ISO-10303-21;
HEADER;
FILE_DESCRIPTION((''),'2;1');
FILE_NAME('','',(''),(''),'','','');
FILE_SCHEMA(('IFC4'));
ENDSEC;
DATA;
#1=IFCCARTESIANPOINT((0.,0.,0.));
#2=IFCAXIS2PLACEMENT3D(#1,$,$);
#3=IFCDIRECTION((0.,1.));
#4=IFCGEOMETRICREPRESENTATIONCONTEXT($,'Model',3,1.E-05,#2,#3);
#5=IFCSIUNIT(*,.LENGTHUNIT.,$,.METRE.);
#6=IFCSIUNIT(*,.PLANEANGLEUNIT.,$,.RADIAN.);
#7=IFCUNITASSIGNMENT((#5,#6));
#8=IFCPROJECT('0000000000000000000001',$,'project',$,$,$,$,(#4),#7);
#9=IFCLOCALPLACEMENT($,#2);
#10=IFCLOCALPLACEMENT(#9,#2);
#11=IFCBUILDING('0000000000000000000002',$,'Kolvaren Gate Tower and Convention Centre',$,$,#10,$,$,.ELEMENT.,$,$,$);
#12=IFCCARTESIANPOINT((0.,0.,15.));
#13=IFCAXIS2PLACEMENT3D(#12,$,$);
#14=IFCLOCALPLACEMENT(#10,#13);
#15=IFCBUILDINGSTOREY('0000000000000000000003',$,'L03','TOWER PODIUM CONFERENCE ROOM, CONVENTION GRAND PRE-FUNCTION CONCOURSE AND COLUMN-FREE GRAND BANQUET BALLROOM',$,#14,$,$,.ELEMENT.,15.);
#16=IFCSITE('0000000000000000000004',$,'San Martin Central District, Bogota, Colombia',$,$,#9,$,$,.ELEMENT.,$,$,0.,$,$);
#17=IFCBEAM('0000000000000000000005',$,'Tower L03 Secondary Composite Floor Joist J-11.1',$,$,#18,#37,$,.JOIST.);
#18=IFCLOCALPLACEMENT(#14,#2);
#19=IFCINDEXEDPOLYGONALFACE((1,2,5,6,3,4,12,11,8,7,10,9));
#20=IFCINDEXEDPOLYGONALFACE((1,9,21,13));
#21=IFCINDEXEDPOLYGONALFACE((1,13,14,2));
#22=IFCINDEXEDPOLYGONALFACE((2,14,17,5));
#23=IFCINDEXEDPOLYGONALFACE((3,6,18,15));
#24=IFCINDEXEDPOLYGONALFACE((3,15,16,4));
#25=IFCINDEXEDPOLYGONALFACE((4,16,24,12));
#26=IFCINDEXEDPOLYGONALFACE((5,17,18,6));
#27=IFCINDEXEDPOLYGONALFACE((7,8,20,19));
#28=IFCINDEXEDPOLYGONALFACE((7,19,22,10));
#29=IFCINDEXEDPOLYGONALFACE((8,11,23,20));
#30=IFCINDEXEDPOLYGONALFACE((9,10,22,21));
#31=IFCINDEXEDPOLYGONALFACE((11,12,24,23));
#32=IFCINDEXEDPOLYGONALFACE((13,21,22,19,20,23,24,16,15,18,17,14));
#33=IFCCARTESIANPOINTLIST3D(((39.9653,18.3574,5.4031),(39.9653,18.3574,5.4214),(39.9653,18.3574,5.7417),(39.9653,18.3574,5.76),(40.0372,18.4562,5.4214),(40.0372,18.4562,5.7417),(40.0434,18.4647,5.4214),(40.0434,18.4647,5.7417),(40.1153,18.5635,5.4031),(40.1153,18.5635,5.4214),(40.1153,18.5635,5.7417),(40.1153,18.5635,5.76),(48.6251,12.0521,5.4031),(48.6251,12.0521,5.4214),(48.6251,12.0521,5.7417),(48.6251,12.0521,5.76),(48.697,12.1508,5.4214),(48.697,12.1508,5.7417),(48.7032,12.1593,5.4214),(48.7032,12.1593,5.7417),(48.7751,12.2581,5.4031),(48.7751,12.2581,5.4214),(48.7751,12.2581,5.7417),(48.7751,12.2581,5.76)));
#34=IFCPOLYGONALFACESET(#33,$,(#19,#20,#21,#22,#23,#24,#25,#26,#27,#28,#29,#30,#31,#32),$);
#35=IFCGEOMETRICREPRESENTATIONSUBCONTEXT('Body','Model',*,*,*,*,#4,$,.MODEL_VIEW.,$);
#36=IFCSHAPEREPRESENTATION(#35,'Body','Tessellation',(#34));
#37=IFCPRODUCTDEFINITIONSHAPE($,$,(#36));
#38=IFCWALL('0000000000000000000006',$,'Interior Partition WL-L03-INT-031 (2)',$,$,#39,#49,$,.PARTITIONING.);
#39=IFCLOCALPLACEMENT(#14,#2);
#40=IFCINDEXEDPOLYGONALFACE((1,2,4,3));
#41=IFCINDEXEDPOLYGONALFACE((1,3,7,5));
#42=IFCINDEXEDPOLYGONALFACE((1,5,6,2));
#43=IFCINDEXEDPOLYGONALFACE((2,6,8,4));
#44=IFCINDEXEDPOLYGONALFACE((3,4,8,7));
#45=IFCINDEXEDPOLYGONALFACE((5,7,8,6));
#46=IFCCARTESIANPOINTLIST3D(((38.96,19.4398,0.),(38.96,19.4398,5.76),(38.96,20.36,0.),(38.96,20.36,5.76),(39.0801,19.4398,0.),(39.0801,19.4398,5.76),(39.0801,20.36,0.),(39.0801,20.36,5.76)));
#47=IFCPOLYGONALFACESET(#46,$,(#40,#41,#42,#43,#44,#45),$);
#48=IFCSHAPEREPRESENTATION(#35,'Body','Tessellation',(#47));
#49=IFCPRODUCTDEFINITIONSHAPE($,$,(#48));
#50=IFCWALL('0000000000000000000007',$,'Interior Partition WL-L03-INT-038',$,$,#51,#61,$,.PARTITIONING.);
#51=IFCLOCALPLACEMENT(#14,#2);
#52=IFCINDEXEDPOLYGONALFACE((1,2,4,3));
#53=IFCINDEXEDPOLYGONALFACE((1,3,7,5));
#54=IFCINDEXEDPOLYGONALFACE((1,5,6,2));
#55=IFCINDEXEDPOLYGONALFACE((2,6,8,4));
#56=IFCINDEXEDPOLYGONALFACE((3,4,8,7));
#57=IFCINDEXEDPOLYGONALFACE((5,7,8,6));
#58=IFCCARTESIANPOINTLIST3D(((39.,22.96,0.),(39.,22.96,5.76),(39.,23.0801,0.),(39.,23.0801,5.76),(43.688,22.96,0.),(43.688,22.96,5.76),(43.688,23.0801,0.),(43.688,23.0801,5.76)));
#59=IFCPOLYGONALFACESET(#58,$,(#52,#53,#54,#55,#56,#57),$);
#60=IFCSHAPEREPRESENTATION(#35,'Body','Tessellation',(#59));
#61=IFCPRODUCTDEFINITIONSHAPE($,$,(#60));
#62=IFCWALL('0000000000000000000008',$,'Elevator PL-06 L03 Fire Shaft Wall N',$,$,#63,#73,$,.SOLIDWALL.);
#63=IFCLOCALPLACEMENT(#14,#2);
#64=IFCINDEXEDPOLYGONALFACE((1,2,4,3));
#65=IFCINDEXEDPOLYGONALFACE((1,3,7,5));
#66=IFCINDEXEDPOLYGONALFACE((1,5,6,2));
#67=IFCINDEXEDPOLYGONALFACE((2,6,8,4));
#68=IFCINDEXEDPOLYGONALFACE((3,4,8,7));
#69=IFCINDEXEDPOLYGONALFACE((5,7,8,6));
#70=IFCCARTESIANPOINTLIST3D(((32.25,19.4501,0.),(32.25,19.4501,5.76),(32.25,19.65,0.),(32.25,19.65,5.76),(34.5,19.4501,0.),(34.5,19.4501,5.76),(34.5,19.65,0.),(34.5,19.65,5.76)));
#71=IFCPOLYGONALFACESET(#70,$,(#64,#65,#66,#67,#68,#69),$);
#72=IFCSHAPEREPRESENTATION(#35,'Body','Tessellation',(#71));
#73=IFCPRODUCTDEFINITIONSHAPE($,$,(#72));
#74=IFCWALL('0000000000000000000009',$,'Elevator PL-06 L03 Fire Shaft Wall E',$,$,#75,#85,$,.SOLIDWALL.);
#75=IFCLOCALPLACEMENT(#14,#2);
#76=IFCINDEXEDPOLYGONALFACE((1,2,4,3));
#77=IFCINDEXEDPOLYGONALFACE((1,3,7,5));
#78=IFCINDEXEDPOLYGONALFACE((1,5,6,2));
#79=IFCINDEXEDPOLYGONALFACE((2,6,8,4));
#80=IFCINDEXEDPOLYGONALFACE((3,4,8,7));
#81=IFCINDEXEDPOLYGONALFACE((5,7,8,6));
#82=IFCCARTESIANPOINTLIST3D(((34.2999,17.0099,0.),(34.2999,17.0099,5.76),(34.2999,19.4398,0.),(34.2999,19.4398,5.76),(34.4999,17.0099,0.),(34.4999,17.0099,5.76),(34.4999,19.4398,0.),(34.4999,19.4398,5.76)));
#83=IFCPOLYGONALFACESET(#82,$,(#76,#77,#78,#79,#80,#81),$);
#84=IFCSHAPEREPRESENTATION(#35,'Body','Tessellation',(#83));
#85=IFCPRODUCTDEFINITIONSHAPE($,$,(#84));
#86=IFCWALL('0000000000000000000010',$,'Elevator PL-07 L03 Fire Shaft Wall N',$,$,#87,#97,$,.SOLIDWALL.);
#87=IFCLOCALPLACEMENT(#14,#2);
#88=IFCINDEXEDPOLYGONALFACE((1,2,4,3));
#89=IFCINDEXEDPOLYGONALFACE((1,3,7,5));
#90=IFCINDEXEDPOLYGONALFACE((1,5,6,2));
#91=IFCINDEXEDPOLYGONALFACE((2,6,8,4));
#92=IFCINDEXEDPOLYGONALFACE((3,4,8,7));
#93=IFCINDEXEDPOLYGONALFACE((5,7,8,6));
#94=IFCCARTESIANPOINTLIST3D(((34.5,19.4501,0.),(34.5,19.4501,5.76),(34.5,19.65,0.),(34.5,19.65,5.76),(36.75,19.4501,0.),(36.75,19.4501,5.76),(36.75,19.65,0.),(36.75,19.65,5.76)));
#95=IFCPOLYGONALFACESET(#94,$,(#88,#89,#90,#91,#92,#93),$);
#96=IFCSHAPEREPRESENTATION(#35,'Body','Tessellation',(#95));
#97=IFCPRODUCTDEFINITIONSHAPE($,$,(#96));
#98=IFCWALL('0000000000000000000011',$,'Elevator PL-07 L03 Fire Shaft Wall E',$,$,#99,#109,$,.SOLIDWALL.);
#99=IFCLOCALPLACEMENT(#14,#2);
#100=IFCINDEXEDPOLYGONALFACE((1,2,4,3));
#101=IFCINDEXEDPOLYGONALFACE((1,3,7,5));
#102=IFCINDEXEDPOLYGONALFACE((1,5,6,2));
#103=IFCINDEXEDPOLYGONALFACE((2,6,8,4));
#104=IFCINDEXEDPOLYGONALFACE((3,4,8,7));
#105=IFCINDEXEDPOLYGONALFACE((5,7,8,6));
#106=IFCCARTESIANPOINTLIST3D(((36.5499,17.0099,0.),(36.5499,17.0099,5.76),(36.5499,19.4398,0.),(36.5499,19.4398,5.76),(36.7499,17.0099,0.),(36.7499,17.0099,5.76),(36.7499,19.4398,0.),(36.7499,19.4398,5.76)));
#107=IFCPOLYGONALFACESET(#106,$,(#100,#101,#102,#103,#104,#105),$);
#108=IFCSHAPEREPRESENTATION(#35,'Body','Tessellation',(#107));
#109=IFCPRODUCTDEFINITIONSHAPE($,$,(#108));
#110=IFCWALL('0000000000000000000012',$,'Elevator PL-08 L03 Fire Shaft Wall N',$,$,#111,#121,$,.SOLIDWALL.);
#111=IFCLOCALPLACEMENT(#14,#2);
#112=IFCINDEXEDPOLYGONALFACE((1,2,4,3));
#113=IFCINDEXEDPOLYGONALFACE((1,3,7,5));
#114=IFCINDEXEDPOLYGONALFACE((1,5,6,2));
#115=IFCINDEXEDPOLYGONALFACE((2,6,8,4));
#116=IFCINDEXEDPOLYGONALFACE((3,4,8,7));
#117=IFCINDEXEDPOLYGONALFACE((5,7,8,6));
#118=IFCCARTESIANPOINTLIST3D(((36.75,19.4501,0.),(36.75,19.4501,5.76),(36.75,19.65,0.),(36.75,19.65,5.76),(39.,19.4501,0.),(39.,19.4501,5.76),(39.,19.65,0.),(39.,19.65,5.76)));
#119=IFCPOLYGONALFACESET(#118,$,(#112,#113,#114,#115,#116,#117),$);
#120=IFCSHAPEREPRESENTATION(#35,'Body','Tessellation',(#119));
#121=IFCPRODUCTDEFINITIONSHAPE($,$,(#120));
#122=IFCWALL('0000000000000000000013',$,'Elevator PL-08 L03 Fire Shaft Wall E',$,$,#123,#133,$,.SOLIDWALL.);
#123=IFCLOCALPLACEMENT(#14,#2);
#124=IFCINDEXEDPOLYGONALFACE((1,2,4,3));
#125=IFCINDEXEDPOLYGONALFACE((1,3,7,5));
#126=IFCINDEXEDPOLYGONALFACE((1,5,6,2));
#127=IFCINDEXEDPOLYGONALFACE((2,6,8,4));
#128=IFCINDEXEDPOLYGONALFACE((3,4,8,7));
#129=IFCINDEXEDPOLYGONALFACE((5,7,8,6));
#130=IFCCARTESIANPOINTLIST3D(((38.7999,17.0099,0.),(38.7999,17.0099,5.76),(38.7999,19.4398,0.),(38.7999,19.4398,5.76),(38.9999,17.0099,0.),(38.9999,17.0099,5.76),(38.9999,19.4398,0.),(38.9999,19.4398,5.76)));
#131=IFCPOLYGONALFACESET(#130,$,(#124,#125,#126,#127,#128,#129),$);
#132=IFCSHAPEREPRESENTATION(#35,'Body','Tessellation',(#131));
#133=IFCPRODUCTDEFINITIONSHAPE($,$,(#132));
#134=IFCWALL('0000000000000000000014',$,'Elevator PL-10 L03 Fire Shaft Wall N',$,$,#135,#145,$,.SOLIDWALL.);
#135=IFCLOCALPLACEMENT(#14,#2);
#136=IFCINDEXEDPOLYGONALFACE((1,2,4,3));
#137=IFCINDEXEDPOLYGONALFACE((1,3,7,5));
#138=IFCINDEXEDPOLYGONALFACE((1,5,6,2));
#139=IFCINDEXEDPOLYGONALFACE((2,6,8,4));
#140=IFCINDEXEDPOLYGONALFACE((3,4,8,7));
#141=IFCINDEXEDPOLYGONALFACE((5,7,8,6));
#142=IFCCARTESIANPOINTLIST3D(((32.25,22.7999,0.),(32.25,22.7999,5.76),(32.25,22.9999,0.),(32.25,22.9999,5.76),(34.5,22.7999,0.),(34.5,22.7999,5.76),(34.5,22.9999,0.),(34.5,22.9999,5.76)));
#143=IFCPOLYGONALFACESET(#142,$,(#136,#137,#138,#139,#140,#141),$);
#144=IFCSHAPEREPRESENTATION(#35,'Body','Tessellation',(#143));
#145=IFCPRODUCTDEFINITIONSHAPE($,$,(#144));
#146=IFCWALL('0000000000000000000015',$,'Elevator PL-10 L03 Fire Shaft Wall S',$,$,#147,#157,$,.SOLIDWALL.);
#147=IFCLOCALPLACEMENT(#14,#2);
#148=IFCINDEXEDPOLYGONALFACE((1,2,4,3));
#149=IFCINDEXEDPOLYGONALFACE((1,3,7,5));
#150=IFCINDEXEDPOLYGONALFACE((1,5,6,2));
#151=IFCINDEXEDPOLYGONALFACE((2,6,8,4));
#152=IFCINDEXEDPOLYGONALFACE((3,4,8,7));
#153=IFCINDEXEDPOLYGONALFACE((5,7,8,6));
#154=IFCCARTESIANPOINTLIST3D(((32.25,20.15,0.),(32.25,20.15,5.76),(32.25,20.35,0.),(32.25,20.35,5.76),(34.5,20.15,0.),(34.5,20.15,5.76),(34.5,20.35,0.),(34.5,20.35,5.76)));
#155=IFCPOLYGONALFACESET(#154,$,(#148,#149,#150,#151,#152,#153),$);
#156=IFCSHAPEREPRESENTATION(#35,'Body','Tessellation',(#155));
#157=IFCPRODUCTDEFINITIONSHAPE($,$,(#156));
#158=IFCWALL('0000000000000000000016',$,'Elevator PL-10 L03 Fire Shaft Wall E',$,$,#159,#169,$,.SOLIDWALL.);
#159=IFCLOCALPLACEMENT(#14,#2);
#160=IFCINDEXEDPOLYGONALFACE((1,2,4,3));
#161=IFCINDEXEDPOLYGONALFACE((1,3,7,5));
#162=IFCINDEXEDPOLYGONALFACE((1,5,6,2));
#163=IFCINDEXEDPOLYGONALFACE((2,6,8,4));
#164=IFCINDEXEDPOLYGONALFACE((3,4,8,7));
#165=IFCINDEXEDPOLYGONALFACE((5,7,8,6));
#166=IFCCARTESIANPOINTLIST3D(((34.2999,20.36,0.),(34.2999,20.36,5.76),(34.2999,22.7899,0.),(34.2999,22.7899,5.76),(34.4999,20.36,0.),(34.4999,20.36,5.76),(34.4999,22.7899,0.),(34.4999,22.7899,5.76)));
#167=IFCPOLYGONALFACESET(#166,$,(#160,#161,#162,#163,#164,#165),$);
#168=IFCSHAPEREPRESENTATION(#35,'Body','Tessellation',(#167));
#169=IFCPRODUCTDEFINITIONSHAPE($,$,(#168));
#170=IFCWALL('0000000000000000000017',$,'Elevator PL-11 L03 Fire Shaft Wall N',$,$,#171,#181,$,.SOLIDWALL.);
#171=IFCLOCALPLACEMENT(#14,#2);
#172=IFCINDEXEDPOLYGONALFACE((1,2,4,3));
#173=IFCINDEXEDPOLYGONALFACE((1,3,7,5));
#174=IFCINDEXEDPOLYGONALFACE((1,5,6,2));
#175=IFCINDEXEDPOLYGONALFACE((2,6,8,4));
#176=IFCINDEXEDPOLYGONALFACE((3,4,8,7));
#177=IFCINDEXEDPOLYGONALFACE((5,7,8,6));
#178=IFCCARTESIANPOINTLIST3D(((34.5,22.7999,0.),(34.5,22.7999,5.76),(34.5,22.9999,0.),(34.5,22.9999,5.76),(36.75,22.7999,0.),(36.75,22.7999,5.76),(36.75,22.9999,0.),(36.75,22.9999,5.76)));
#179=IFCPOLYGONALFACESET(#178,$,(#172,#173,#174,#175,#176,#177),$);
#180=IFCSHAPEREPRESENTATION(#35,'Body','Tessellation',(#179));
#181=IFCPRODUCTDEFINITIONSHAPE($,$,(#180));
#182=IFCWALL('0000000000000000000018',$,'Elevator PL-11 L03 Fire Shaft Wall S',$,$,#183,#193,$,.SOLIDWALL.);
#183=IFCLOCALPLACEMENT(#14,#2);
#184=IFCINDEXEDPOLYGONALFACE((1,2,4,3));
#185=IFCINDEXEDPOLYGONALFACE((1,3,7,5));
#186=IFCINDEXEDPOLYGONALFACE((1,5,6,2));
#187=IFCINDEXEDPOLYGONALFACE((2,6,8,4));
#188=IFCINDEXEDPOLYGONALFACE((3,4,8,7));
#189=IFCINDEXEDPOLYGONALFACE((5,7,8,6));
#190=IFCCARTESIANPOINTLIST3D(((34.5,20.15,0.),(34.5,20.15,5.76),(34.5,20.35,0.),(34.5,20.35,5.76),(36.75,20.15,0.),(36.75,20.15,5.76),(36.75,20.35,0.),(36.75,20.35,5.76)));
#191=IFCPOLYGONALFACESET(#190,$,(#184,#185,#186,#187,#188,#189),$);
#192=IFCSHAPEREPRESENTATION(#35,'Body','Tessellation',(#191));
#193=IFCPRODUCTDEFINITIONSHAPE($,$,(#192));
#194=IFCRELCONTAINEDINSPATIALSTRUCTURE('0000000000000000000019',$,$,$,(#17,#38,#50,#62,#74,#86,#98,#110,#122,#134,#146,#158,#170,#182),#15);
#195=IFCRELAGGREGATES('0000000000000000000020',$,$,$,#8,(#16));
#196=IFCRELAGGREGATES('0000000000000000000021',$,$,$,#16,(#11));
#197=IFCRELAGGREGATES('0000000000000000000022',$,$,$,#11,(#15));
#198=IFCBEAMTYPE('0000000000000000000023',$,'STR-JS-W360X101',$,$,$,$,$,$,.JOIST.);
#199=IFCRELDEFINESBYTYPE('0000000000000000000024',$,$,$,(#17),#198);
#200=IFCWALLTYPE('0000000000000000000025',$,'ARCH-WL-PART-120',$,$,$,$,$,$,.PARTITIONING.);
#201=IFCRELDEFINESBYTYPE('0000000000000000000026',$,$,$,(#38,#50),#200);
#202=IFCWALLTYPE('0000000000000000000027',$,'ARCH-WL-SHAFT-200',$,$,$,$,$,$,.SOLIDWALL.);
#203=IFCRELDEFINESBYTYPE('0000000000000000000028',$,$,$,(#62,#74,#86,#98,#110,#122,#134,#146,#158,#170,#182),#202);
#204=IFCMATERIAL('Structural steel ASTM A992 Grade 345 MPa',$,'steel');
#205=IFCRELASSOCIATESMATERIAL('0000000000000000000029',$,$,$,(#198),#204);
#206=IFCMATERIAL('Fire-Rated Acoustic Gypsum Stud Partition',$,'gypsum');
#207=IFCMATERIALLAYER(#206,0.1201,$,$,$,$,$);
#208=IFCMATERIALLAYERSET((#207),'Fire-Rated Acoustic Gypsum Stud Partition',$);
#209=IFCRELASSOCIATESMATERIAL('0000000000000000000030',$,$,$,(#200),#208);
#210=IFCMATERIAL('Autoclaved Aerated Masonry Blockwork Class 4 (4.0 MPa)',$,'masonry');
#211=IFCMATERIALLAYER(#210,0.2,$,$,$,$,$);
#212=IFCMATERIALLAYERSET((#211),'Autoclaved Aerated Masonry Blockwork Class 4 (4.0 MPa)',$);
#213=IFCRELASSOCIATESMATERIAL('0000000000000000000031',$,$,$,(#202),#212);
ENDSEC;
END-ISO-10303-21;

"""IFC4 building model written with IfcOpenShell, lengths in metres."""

from ifc_helpers import new_model, si_unit, direction, frame, frame_2d, origin, origin_2d, place, context, subcontext, project, spatial, rectangle, i_section, extrude, material, layer, layer_set, material_profile, profile_set, type_object, element, save


model = new_model("IFC4")

# Units and contexts
model_context = context("Model", 3, precision=1e-05, world=origin(), true_north=direction((0.0, 1.0)))
body_context = subcontext(model_context, "Body", "Model", "MODEL_VIEW")
ifc_project = project(units=[si_unit("LENGTHUNIT", "METRE"), si_unit("PLANEANGLEUNIT", "RADIAN")], contexts=[model_context])

# Site, building, storey
site_placement = place(None, origin())
site = spatial("IfcSite", under=ifc_project, at=site_placement, Name="San Martin Central District, Bogota, Colombia", CompositionType="ELEMENT", RefElevation=0.0)
building_placement = place(site_placement, origin())
building = spatial("IfcBuilding", under=site, at=building_placement, Name="Kolvaren Gate Tower and Convention Centre", CompositionType="ELEMENT")
storey_placement = place(building_placement, frame((0.0, 0.0, 15.0)))
storey = spatial("IfcBuildingStorey", under=building, at=storey_placement, Name="L03", Description="TOWER PODIUM CONFERENCE ROOM, CONVENTION GRAND PRE-FUNCTION CONCOURSE AND COLUMN-FREE GRAND BANQUET BALLROOM", CompositionType="ELEMENT", Elevation=15.0)

# Beam
ifc_material_1 = material(Name="Structural steel ASTM A992 Grade 345 MPa", Category="steel")
ifc_material_profile = material_profile(ifc_material_1, i_section(OverallWidth=0.2549, OverallDepth=0.3569, WebThickness=0.0105, FlangeThickness=0.0183, at=origin_2d()), Name="W360X101")
ifc_profile_set = profile_set([ifc_material_profile], Name="Structural steel ASTM A992 Grade 345 MPa")
beam_type = type_object("IfcBeamType", Name="STR-JS-W360X101", PredefinedType="JOIST", material=ifc_profile_set)
beam_placement = place(storey_placement, frame((40.0403, 18.4604, 5.5815), z_axis=(0.808412, -0.588617, 0.0), x_axis=(0.588617, 0.808412, 0.0)))
element("IfcBeam", 1, at=beam_placement, inside=storey, type_object=beam_type, Name="Tower L03 Secondary Composite Floor Joist J-11.1", PredefinedType="JOIST", context=body_context, shape_type="SweptSolid", body=[
    extrude(i_section(OverallWidth=0.2549, OverallDepth=0.3569, WebThickness=0.0105, FlangeThickness=0.0183, at=origin_2d()), origin(), (0.0, 0.0, 1.0), 10.7122),
])

# Walls
ifc_material_2 = material(Name="Fire-Rated Acoustic Gypsum Stud Partition", Category="gypsum")
ifc_layer_1 = layer(ifc_material_2, 0.1201)
ifc_layer_set_1 = layer_set([ifc_layer_1], Name="Fire-Rated Acoustic Gypsum Stud Partition")
wall_type_1 = type_object("IfcWallType", Name="ARCH-WL-PART-120", PredefinedType="PARTITIONING", material=ifc_layer_set_1)
wall_1_placement = place(storey_placement, frame((39.02, 19.4399, 0.0), z_axis=(0.0, 0.0, 1.0), x_axis=(0.0, 1.0, 0.0)))
element("IfcWall", 2, at=wall_1_placement, inside=storey, type_object=wall_type_1, Name="Interior Partition WL-L03-INT-031 (2)", PredefinedType="PARTITIONING", context=body_context, shape_type="SweptSolid", body=[
    extrude(rectangle(XDim=0.9202, YDim=0.1201, at=frame_2d((0.46, 0.0))), origin(), (0.0, 0.0, 1.0), 5.76),
])
wall_2_placement = place(storey_placement, frame((39.0, 23.02, 0.0), z_axis=(0.0, 0.0, 1.0), x_axis=(1.0, 0.0, 0.0)))
element("IfcWall", 3, at=wall_2_placement, inside=storey, type_object=wall_type_1, Name="Interior Partition WL-L03-INT-038", PredefinedType="PARTITIONING", context=body_context, shape_type="SweptSolid", body=[
    extrude(rectangle(XDim=4.688, YDim=0.1201, at=frame_2d((2.344, 0.0))), origin(), (0.0, 0.0, 1.0), 5.76),
])
ifc_material_3 = material(Name="Autoclaved Aerated Masonry Blockwork Class 4 (4.0 MPa)", Category="masonry")
ifc_layer_2 = layer(ifc_material_3, 0.2)
ifc_layer_set_2 = layer_set([ifc_layer_2], Name="Autoclaved Aerated Masonry Blockwork Class 4 (4.0 MPa)")
wall_type_2 = type_object("IfcWallType", Name="ARCH-WL-SHAFT-200", PredefinedType="SOLIDWALL", material=ifc_layer_set_2)
wall_3_placement = place(storey_placement, frame((32.25, 19.55, 0.0), z_axis=(0.0, 0.0, 1.0), x_axis=(1.0, 0.0, 0.0)))
element("IfcWall", 4, at=wall_3_placement, inside=storey, type_object=wall_type_2, Name="Elevator PL-06 L03 Fire Shaft Wall N", PredefinedType="SOLIDWALL", context=body_context, shape_type="SweptSolid", body=[
    extrude(rectangle(XDim=2.25, YDim=0.2, at=frame_2d((1.125, 0.0))), origin(), (0.0, 0.0, 1.0), 5.76),
])
wall_4_placement = place(storey_placement, frame((34.3999, 17.01, 0.0), z_axis=(0.0, 0.0, 1.0), x_axis=(0.0, 1.0, 0.0)))
element("IfcWall", 5, at=wall_4_placement, inside=storey, type_object=wall_type_2, Name="Elevator PL-06 L03 Fire Shaft Wall E", PredefinedType="SOLIDWALL", context=body_context, shape_type="SweptSolid", body=[
    extrude(rectangle(XDim=2.4299, YDim=0.2, at=frame_2d((1.2148, 0.0))), origin(), (0.0, 0.0, 1.0), 5.76),
])
wall_5_placement = place(storey_placement, frame((34.5, 19.55, 0.0), z_axis=(0.0, 0.0, 1.0), x_axis=(1.0, 0.0, 0.0)))
element("IfcWall", 6, at=wall_5_placement, inside=storey, type_object=wall_type_2, Name="Elevator PL-07 L03 Fire Shaft Wall N", PredefinedType="SOLIDWALL", context=body_context, shape_type="SweptSolid", body=[
    extrude(rectangle(XDim=2.25, YDim=0.2, at=frame_2d((1.125, 0.0))), origin(), (0.0, 0.0, 1.0), 5.76),
])
wall_6_placement = place(storey_placement, frame((36.6499, 17.01, 0.0), z_axis=(0.0, 0.0, 1.0), x_axis=(0.0, 1.0, 0.0)))
element("IfcWall", 7, at=wall_6_placement, inside=storey, type_object=wall_type_2, Name="Elevator PL-07 L03 Fire Shaft Wall E", PredefinedType="SOLIDWALL", context=body_context, shape_type="SweptSolid", body=[
    extrude(rectangle(XDim=2.4299, YDim=0.2, at=frame_2d((1.2148, 0.0))), origin(), (0.0, 0.0, 1.0), 5.76),
])
wall_7_placement = place(storey_placement, frame((36.75, 19.55, 0.0), z_axis=(0.0, 0.0, 1.0), x_axis=(1.0, 0.0, 0.0)))
element("IfcWall", 8, at=wall_7_placement, inside=storey, type_object=wall_type_2, Name="Elevator PL-08 L03 Fire Shaft Wall N", PredefinedType="SOLIDWALL", context=body_context, shape_type="SweptSolid", body=[
    extrude(rectangle(XDim=2.25, YDim=0.2, at=frame_2d((1.125, 0.0))), origin(), (0.0, 0.0, 1.0), 5.76),
])
wall_8_placement = place(storey_placement, frame((38.8999, 17.01, 0.0), z_axis=(0.0, 0.0, 1.0), x_axis=(0.0, 1.0, 0.0)))
element("IfcWall", 9, at=wall_8_placement, inside=storey, type_object=wall_type_2, Name="Elevator PL-08 L03 Fire Shaft Wall E", PredefinedType="SOLIDWALL", context=body_context, shape_type="SweptSolid", body=[
    extrude(rectangle(XDim=2.4299, YDim=0.2, at=frame_2d((1.2148, 0.0))), origin(), (0.0, 0.0, 1.0), 5.76),
])
for number, where, z_axis, x_axis, name in (
    (10, (32.25, 22.8999, 0.0), (0.0, 0.0, 1.0), (1.0, 0.0, 0.0), "Elevator PL-10 L03 Fire Shaft Wall N"),
    (11, (32.25, 20.25, 0.0), (0.0, 0.0, 1.0), (1.0, 0.0, 0.0), "Elevator PL-10 L03 Fire Shaft Wall S"),
):
    element("IfcWall", number, at=place(storey_placement, frame(where, z_axis=z_axis, x_axis=x_axis)), inside=storey, type_object=wall_type_2, Name=name, PredefinedType="SOLIDWALL", context=body_context, shape_type="SweptSolid", body=[
        extrude(rectangle(XDim=2.25, YDim=0.2, at=frame_2d((1.125, 0.0))), origin(), (0.0, 0.0, 1.0), 5.76),
    ])
wall_9_placement = place(storey_placement, frame((34.3999, 20.3601, 0.0), z_axis=(0.0, 0.0, 1.0), x_axis=(0.0, 1.0, 0.0)))
element("IfcWall", 12, at=wall_9_placement, inside=storey, type_object=wall_type_2, Name="Elevator PL-10 L03 Fire Shaft Wall E", PredefinedType="SOLIDWALL", context=body_context, shape_type="SweptSolid", body=[
    extrude(rectangle(XDim=2.4299, YDim=0.2, at=frame_2d((1.2148, 0.0))), origin(), (0.0, 0.0, 1.0), 5.76),
])
for number, where, z_axis, x_axis, name in (
    (13, (34.5, 22.8999, 0.0), (0.0, 0.0, 1.0), (1.0, 0.0, 0.0), "Elevator PL-11 L03 Fire Shaft Wall N"),
    (14, (34.5, 20.25, 0.0), (0.0, 0.0, 1.0), (1.0, 0.0, 0.0), "Elevator PL-11 L03 Fire Shaft Wall S"),
):
    element("IfcWall", number, at=place(storey_placement, frame(where, z_axis=z_axis, x_axis=x_axis)), inside=storey, type_object=wall_type_2, Name=name, PredefinedType="SOLIDWALL", context=body_context, shape_type="SweptSolid", body=[
        extrude(rectangle(XDim=2.25, YDim=0.2, at=frame_2d((1.125, 0.0))), origin(), (0.0, 0.0, 1.0), 5.76),
    ])

save(model, "model.ifc")
